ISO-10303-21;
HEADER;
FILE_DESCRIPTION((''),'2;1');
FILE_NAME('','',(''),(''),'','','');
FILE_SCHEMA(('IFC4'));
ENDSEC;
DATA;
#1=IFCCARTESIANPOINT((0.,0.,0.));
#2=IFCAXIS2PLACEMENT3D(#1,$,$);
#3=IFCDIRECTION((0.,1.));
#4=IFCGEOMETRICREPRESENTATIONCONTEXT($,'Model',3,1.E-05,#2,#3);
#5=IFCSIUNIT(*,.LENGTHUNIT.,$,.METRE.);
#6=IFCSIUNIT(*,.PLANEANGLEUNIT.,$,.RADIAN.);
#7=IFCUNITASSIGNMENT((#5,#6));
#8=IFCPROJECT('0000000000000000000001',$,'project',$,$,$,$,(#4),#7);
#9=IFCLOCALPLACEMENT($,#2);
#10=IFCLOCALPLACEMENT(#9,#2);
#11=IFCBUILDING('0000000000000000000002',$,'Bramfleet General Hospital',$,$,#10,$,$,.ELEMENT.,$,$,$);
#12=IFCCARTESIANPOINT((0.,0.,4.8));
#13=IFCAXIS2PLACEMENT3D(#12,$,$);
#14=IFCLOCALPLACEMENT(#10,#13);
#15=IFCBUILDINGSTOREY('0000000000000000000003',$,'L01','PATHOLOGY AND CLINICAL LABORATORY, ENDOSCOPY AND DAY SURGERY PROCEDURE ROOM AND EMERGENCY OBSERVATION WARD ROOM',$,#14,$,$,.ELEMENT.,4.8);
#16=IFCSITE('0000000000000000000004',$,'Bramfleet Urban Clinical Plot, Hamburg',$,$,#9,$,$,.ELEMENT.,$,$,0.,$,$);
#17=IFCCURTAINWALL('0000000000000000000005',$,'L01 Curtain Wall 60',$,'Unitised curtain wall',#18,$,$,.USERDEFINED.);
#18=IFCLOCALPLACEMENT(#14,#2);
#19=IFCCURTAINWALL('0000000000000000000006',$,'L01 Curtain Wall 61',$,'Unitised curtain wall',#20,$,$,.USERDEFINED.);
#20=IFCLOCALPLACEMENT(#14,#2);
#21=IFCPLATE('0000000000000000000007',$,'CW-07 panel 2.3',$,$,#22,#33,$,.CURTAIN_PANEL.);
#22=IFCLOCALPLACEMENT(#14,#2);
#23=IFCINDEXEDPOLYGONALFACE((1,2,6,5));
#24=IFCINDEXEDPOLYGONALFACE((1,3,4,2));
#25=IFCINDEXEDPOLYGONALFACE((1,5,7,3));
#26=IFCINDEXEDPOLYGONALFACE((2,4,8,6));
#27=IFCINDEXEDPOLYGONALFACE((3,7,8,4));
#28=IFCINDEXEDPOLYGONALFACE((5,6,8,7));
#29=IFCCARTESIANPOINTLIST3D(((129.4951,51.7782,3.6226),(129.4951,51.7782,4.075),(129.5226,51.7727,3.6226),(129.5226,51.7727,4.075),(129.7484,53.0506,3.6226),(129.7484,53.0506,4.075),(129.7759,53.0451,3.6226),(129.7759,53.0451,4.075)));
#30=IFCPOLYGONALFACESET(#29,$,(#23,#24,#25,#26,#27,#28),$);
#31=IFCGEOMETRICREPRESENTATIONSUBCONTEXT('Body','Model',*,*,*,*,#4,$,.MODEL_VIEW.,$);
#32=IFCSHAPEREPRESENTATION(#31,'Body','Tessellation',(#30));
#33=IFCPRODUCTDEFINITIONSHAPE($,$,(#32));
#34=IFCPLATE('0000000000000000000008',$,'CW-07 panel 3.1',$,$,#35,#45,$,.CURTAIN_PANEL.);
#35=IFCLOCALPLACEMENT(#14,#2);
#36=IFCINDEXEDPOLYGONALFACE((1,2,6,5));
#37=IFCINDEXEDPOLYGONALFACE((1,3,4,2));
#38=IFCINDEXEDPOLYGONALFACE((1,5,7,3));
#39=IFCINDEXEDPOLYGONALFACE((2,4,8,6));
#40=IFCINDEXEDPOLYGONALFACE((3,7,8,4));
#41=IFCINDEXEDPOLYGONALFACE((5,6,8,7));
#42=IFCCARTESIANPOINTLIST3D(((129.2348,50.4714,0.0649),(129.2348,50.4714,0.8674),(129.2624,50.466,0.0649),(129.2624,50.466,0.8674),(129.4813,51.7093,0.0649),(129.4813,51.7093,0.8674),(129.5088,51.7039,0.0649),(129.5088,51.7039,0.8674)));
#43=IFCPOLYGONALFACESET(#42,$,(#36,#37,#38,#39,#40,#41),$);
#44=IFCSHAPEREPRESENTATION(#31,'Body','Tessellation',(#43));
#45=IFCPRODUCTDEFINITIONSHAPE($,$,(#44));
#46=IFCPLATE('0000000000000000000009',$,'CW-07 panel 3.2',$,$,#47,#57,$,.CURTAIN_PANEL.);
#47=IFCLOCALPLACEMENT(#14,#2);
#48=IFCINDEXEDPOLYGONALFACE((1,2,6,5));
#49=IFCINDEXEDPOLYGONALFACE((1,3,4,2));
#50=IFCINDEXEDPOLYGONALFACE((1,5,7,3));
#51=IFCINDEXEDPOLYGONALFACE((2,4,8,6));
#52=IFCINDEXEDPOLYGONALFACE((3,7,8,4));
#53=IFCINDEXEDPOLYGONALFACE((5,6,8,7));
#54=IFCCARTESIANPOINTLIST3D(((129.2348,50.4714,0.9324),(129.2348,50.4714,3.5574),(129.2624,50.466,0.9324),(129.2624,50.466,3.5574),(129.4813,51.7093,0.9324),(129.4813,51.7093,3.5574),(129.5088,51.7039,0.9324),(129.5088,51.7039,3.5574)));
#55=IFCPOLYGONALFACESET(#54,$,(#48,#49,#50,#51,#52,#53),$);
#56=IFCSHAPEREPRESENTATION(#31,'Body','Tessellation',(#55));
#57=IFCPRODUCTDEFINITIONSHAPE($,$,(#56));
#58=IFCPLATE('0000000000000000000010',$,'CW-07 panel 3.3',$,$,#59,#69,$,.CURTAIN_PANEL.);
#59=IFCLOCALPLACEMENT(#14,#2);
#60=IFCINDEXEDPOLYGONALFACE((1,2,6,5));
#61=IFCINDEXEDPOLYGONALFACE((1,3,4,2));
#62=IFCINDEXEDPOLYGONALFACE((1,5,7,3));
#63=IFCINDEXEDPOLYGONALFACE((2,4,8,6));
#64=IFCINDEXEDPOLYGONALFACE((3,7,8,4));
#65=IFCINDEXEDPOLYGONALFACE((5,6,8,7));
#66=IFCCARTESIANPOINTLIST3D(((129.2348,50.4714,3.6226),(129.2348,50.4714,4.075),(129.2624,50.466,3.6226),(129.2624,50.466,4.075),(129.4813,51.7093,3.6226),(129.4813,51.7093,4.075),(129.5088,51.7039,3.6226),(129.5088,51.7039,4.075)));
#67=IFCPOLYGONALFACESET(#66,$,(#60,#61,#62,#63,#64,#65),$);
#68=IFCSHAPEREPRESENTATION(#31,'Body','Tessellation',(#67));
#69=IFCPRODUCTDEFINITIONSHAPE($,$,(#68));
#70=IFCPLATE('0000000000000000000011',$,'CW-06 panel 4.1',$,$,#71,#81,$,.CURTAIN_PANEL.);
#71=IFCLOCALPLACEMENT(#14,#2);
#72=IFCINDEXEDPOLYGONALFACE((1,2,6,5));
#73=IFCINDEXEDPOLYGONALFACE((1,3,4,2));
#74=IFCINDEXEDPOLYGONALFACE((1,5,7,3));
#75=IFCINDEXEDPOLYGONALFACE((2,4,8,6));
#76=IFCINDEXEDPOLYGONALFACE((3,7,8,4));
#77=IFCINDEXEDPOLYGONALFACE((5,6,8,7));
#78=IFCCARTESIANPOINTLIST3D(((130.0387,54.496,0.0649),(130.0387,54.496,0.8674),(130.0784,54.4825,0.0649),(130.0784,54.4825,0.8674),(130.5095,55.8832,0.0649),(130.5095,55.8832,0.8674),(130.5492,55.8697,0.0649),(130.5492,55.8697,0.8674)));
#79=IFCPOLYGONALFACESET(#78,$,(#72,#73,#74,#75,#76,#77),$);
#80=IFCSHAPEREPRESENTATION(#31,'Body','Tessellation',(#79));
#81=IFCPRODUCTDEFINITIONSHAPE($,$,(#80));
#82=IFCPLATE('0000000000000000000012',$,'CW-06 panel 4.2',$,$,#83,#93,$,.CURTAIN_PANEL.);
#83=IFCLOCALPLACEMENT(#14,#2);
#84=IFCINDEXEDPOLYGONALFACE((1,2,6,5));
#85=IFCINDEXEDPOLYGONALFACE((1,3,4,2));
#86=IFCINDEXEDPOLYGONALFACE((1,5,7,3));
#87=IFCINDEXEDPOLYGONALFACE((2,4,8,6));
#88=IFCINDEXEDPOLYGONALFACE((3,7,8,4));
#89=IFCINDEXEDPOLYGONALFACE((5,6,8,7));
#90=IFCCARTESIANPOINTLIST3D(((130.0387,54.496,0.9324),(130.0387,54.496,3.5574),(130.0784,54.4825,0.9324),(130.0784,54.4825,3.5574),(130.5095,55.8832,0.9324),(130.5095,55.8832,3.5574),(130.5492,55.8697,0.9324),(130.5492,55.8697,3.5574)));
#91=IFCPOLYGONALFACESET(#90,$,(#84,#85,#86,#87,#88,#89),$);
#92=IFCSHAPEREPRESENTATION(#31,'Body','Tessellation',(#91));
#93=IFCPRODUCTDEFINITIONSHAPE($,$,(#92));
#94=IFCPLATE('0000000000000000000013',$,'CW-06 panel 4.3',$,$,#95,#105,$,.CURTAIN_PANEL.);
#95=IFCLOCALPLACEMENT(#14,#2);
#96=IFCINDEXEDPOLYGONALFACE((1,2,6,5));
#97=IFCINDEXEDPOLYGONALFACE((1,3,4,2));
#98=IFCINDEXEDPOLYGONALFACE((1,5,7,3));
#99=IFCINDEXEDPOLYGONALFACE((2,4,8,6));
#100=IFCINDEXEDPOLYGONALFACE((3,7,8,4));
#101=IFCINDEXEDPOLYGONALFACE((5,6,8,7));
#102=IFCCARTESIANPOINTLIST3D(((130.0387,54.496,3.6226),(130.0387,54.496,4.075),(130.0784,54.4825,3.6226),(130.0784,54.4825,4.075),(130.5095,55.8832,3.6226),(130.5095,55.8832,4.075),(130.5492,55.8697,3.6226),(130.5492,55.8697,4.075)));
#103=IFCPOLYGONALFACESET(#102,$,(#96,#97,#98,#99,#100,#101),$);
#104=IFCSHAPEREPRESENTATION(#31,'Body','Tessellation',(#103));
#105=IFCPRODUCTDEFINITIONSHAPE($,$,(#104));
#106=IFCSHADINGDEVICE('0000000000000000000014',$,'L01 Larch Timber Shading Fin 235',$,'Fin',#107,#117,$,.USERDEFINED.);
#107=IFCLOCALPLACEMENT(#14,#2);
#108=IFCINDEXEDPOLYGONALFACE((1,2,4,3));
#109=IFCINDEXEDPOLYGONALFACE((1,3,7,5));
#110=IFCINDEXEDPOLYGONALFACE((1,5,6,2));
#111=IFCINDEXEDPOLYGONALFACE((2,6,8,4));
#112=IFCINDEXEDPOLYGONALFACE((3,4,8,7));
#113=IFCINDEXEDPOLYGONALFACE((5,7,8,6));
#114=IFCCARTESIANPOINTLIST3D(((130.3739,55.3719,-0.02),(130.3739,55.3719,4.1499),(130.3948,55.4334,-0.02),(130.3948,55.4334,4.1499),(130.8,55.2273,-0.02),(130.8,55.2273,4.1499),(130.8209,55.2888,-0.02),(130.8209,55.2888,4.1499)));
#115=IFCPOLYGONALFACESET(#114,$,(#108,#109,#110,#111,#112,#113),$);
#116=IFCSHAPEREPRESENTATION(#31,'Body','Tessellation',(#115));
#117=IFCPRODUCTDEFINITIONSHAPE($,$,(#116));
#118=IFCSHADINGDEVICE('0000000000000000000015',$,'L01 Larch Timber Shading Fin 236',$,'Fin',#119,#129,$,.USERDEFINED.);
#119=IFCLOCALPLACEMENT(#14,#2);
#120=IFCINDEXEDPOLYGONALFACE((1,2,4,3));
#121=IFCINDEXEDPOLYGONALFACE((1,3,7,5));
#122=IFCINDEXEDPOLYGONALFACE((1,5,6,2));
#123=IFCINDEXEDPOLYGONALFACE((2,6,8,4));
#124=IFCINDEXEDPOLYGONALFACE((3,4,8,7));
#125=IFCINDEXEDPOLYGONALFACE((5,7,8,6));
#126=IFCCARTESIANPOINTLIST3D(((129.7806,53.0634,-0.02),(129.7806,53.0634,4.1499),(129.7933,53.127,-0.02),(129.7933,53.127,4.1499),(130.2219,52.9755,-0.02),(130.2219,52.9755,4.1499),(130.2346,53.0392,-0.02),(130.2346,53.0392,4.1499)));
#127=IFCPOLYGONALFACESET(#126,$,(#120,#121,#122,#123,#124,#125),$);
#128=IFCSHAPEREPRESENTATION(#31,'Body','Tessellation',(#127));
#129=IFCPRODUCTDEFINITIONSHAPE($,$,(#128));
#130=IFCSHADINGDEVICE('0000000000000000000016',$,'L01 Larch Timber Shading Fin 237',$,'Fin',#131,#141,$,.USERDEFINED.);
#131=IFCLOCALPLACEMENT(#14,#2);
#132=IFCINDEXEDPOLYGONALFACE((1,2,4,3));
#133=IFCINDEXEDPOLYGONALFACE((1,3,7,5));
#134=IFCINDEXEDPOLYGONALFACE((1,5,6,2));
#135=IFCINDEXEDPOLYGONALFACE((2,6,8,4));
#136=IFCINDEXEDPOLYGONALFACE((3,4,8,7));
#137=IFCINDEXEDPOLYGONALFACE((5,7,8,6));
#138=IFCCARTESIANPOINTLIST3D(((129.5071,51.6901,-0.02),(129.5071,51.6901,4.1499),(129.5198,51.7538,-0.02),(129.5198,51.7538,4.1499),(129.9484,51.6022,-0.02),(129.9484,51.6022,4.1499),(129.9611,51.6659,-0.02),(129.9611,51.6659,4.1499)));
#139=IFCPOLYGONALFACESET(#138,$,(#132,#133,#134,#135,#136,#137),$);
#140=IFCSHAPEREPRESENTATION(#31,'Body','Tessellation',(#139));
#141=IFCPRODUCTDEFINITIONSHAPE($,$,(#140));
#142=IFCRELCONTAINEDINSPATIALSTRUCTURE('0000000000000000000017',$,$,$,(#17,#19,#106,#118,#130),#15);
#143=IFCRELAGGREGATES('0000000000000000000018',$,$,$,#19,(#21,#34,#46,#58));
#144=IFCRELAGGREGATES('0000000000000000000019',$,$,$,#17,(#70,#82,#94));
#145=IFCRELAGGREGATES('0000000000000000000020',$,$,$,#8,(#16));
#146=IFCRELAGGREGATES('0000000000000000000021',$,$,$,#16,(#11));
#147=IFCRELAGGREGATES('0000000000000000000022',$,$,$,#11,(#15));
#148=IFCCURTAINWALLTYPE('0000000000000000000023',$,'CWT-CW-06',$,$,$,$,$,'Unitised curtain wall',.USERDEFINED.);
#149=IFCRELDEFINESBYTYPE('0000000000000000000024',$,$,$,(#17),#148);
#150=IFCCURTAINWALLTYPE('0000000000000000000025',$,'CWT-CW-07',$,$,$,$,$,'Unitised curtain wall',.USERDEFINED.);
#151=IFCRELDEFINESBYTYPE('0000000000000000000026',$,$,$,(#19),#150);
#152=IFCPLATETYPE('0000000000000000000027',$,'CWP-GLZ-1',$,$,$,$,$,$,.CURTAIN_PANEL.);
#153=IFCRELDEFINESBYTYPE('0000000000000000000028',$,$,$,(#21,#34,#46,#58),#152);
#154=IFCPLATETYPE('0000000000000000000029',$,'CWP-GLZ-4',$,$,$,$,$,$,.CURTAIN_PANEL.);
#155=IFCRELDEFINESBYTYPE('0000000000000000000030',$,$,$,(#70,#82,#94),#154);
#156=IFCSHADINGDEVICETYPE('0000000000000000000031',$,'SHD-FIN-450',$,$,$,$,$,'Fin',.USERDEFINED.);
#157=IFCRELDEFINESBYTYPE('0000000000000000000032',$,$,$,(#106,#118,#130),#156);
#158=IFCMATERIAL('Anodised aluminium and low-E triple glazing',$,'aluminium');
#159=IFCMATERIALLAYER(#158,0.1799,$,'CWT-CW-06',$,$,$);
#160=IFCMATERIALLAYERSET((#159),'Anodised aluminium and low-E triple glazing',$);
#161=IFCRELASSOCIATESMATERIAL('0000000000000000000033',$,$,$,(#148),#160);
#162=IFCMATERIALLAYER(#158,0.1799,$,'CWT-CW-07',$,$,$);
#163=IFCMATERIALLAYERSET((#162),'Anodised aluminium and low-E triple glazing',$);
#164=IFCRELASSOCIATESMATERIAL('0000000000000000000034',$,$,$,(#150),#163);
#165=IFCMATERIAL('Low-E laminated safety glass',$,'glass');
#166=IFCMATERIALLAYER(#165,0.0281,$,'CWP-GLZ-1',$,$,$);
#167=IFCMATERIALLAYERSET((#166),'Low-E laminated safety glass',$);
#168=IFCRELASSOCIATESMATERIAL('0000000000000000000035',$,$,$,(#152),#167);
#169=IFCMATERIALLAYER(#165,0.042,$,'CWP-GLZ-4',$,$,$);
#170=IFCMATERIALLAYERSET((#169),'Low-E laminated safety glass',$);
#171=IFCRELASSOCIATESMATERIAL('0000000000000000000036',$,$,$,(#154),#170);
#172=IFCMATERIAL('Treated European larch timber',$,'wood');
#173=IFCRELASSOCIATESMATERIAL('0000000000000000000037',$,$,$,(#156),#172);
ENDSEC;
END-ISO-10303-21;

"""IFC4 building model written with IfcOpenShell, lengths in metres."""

from ifc_helpers import new_model, si_unit, direction, frame, origin, origin_2d, place, context, subcontext, project, spatial, rectangle, extrude, material, layer, layer_set, material_profile, profile_set, type_object, element, aggregate, save


model = new_model("IFC4")

# Units and contexts
model_context = context("Model", 3, precision=1e-05, world=origin(), true_north=direction((0.0, 1.0)))
body_context = subcontext(model_context, "Body", "Model", "MODEL_VIEW")
ifc_project = project(units=[si_unit("LENGTHUNIT", "METRE"), si_unit("PLANEANGLEUNIT", "RADIAN")], contexts=[model_context])

# Site, building, storey
site_placement = place(None, origin())
site = spatial("IfcSite", under=ifc_project, at=site_placement, Name="Bramfleet Urban Clinical Plot, Hamburg", CompositionType="ELEMENT", RefElevation=0.0)
building_placement = place(site_placement, origin())
building = spatial("IfcBuilding", under=site, at=building_placement, Name="Bramfleet General Hospital", CompositionType="ELEMENT")
storey_placement = place(building_placement, frame((0.0, 0.0, 4.8)))
storey = spatial("IfcBuildingStorey", under=building, at=storey_placement, Name="L01", Description="PATHOLOGY AND CLINICAL LABORATORY, ENDOSCOPY AND DAY SURGERY PROCEDURE ROOM AND EMERGENCY OBSERVATION WARD ROOM", CompositionType="ELEMENT", Elevation=4.8)

# Curtain wall
ifc_material_1 = material(Name="Anodised aluminium and low-E triple glazing", Category="aluminium")
ifc_layer_1 = layer(ifc_material_1, 0.1799, Name="CWT-CW-06")
ifc_layer_set_1 = layer_set([ifc_layer_1], Name="Anodised aluminium and low-E triple glazing")
curtain_wall_type_1 = type_object("IfcCurtainWallType", Name="CWT-CW-06", ElementType="Unitised curtain wall", PredefinedType="USERDEFINED", material=ifc_layer_set_1)
curtain_wall_1_placement = place(storey_placement, origin())
curtain_wall_1 = element("IfcCurtainWall", 1, at=curtain_wall_1_placement, inside=storey, type_object=curtain_wall_type_1, Name="L01 Curtain Wall 60", ObjectType="Unitised curtain wall", PredefinedType="USERDEFINED")

# Curtain wall
ifc_layer_2 = layer(ifc_material_1, 0.1799, Name="CWT-CW-07")
ifc_layer_set_2 = layer_set([ifc_layer_2], Name="Anodised aluminium and low-E triple glazing")
curtain_wall_type_2 = type_object("IfcCurtainWallType", Name="CWT-CW-07", ElementType="Unitised curtain wall", PredefinedType="USERDEFINED", material=ifc_layer_set_2)
curtain_wall_2_placement = place(storey_placement, origin())
curtain_wall_2 = element("IfcCurtainWall", 2, at=curtain_wall_2_placement, inside=storey, type_object=curtain_wall_type_2, Name="L01 Curtain Wall 61", ObjectType="Unitised curtain wall", PredefinedType="USERDEFINED")

# Plates
ifc_material_2 = material(Name="Low-E laminated safety glass", Category="glass")
ifc_layer_3 = layer(ifc_material_2, 0.0281, Name="CWP-GLZ-1")
ifc_layer_set_3 = layer_set([ifc_layer_3], Name="Low-E laminated safety glass")
plate_type_1 = type_object("IfcPlateType", Name="CWP-GLZ-1", PredefinedType="CURTAIN_PANEL", material=ifc_layer_set_3)
plate_1_placement = place(storey_placement, frame((129.6355, 52.4116, 3.6226), z_axis=(0.0, 0.0, 1.0), x_axis=(-0.195272, -0.980749, 0.0)))
plate_1 = element("IfcPlate", 3, at=plate_1_placement, type_object=plate_type_1, Name="CW-07 panel 2.3", PredefinedType="CURTAIN_PANEL", context=body_context, shape_type="SweptSolid", body=[
    extrude(rectangle(XDim=1.2974, YDim=0.0281, at=origin_2d()), origin(), (0.0, 0.0, 1.0), 0.4524),
])
plate_2_placement = place(storey_placement, frame((129.3718, 51.0876, 0.0649), z_axis=(0.0, 0.0, 1.0), x_axis=(-0.195272, -0.980749, 0.0)))
plate_2 = element("IfcPlate", 4, at=plate_2_placement, type_object=plate_type_1, Name="CW-07 panel 3.1", PredefinedType="CURTAIN_PANEL", context=body_context, shape_type="SweptSolid", body=[
    extrude(rectangle(XDim=1.2622, YDim=0.0281, at=origin_2d()), origin(), (0.0, 0.0, 1.0), 0.8025),
])
plate_3_placement = place(storey_placement, frame((129.3718, 51.0876, 0.9324), z_axis=(0.0, 0.0, 1.0), x_axis=(-0.195272, -0.980749, 0.0)))
plate_3 = element("IfcPlate", 5, at=plate_3_placement, type_object=plate_type_1, Name="CW-07 panel 3.2", PredefinedType="CURTAIN_PANEL", context=body_context, shape_type="SweptSolid", body=[
    extrude(rectangle(XDim=1.2622, YDim=0.0281, at=origin_2d()), origin(), (0.0, 0.0, 1.0), 2.625),
])
plate_4_placement = place(storey_placement, frame((129.3718, 51.0876, 3.6226), z_axis=(0.0, 0.0, 1.0), x_axis=(-0.195272, -0.980749, 0.0)))
plate_4 = element("IfcPlate", 6, at=plate_4_placement, type_object=plate_type_1, Name="CW-07 panel 3.3", PredefinedType="CURTAIN_PANEL", context=body_context, shape_type="SweptSolid", body=[
    extrude(rectangle(XDim=1.2622, YDim=0.0281, at=origin_2d()), origin(), (0.0, 0.0, 1.0), 0.4524),
])
aggregate(curtain_wall_2, [plate_1, plate_2, plate_3, plate_4])
ifc_layer_4 = layer(ifc_material_2, 0.042, Name="CWP-GLZ-4")
ifc_layer_set_4 = layer_set([ifc_layer_4], Name="Low-E laminated safety glass")
plate_type_2 = type_object("IfcPlateType", Name="CWP-GLZ-4", PredefinedType="CURTAIN_PANEL", material=ifc_layer_set_4)
plate_5_placement = place(storey_placement, frame((130.2939, 55.1829, 0.0649), z_axis=(0.0, 0.0, 1.0), x_axis=(-0.321383, -0.946949, 0.0)))
plate_5 = element("IfcPlate", 7, at=plate_5_placement, type_object=plate_type_2, Name="CW-06 panel 4.1", PredefinedType="CURTAIN_PANEL", context=body_context, shape_type="SweptSolid", body=[
    extrude(rectangle(XDim=1.4648, YDim=0.042, at=origin_2d()), origin(), (0.0, 0.0, 1.0), 0.8025),
])
plate_6_placement = place(storey_placement, frame((130.2939, 55.1829, 0.9324), z_axis=(0.0, 0.0, 1.0), x_axis=(-0.321383, -0.946949, 0.0)))
plate_6 = element("IfcPlate", 8, at=plate_6_placement, type_object=plate_type_2, Name="CW-06 panel 4.2", PredefinedType="CURTAIN_PANEL", context=body_context, shape_type="SweptSolid", body=[
    extrude(rectangle(XDim=1.4648, YDim=0.042, at=origin_2d()), origin(), (0.0, 0.0, 1.0), 2.625),
])
plate_7_placement = place(storey_placement, frame((130.2939, 55.1829, 3.6226), z_axis=(0.0, 0.0, 1.0), x_axis=(-0.321383, -0.946949, 0.0)))
plate_7 = element("IfcPlate", 9, at=plate_7_placement, type_object=plate_type_2, Name="CW-06 panel 4.3", PredefinedType="CURTAIN_PANEL", context=body_context, shape_type="SweptSolid", body=[
    extrude(rectangle(XDim=1.4648, YDim=0.042, at=origin_2d()), origin(), (0.0, 0.0, 1.0), 0.4524),
])
aggregate(curtain_wall_1, [plate_5, plate_6, plate_7])

# Shading devices
ifc_material_3 = material(Name="Treated European larch timber", Category="wood")
ifc_material_profile_1 = material_profile(ifc_material_3, rectangle(XDim=0.0649, YDim=0.45, at=origin_2d()), Name="LARCH FIN 450x65")
ifc_profile_set_1 = profile_set([ifc_material_profile_1], Name="Treated European larch timber")
shading_device_type = type_object("IfcShadingDeviceType", Name="SHD-FIN-450", ElementType="Fin", PredefinedType="USERDEFINED", material=ifc_profile_set_1)
for number, where, z_axis, x_axis, name in (
    (10, (130.5974, 55.3303, -0.02), (0.0, 0.0, 1.0), (-0.321383, -0.946949, 0.0), "L01 Larch Timber Shading Fin 235"),
    (11, (130.0076, 53.0513, -0.02), (0.0, 0.0, 1.0), (-0.195272, -0.980749, 0.0), "L01 Larch Timber Shading Fin 236"),
    (12, (129.7341, 51.678, -0.02), (0.0, 0.0, 1.0), (-0.195272, -0.980749, 0.0), "L01 Larch Timber Shading Fin 237"),
):
    element("IfcShadingDevice", number, at=place(storey_placement, frame(where, z_axis=z_axis, x_axis=x_axis)), inside=storey, type_object=shading_device_type, Name=name, ObjectType="Fin", PredefinedType="USERDEFINED", context=body_context, shape_type="SweptSolid", body=[
        extrude(rectangle(XDim=0.0649, YDim=0.45, at=origin_2d()), origin(), (0.0, 0.0, 1.0), 4.1699),
    ])

save(model, "model.ifc")
